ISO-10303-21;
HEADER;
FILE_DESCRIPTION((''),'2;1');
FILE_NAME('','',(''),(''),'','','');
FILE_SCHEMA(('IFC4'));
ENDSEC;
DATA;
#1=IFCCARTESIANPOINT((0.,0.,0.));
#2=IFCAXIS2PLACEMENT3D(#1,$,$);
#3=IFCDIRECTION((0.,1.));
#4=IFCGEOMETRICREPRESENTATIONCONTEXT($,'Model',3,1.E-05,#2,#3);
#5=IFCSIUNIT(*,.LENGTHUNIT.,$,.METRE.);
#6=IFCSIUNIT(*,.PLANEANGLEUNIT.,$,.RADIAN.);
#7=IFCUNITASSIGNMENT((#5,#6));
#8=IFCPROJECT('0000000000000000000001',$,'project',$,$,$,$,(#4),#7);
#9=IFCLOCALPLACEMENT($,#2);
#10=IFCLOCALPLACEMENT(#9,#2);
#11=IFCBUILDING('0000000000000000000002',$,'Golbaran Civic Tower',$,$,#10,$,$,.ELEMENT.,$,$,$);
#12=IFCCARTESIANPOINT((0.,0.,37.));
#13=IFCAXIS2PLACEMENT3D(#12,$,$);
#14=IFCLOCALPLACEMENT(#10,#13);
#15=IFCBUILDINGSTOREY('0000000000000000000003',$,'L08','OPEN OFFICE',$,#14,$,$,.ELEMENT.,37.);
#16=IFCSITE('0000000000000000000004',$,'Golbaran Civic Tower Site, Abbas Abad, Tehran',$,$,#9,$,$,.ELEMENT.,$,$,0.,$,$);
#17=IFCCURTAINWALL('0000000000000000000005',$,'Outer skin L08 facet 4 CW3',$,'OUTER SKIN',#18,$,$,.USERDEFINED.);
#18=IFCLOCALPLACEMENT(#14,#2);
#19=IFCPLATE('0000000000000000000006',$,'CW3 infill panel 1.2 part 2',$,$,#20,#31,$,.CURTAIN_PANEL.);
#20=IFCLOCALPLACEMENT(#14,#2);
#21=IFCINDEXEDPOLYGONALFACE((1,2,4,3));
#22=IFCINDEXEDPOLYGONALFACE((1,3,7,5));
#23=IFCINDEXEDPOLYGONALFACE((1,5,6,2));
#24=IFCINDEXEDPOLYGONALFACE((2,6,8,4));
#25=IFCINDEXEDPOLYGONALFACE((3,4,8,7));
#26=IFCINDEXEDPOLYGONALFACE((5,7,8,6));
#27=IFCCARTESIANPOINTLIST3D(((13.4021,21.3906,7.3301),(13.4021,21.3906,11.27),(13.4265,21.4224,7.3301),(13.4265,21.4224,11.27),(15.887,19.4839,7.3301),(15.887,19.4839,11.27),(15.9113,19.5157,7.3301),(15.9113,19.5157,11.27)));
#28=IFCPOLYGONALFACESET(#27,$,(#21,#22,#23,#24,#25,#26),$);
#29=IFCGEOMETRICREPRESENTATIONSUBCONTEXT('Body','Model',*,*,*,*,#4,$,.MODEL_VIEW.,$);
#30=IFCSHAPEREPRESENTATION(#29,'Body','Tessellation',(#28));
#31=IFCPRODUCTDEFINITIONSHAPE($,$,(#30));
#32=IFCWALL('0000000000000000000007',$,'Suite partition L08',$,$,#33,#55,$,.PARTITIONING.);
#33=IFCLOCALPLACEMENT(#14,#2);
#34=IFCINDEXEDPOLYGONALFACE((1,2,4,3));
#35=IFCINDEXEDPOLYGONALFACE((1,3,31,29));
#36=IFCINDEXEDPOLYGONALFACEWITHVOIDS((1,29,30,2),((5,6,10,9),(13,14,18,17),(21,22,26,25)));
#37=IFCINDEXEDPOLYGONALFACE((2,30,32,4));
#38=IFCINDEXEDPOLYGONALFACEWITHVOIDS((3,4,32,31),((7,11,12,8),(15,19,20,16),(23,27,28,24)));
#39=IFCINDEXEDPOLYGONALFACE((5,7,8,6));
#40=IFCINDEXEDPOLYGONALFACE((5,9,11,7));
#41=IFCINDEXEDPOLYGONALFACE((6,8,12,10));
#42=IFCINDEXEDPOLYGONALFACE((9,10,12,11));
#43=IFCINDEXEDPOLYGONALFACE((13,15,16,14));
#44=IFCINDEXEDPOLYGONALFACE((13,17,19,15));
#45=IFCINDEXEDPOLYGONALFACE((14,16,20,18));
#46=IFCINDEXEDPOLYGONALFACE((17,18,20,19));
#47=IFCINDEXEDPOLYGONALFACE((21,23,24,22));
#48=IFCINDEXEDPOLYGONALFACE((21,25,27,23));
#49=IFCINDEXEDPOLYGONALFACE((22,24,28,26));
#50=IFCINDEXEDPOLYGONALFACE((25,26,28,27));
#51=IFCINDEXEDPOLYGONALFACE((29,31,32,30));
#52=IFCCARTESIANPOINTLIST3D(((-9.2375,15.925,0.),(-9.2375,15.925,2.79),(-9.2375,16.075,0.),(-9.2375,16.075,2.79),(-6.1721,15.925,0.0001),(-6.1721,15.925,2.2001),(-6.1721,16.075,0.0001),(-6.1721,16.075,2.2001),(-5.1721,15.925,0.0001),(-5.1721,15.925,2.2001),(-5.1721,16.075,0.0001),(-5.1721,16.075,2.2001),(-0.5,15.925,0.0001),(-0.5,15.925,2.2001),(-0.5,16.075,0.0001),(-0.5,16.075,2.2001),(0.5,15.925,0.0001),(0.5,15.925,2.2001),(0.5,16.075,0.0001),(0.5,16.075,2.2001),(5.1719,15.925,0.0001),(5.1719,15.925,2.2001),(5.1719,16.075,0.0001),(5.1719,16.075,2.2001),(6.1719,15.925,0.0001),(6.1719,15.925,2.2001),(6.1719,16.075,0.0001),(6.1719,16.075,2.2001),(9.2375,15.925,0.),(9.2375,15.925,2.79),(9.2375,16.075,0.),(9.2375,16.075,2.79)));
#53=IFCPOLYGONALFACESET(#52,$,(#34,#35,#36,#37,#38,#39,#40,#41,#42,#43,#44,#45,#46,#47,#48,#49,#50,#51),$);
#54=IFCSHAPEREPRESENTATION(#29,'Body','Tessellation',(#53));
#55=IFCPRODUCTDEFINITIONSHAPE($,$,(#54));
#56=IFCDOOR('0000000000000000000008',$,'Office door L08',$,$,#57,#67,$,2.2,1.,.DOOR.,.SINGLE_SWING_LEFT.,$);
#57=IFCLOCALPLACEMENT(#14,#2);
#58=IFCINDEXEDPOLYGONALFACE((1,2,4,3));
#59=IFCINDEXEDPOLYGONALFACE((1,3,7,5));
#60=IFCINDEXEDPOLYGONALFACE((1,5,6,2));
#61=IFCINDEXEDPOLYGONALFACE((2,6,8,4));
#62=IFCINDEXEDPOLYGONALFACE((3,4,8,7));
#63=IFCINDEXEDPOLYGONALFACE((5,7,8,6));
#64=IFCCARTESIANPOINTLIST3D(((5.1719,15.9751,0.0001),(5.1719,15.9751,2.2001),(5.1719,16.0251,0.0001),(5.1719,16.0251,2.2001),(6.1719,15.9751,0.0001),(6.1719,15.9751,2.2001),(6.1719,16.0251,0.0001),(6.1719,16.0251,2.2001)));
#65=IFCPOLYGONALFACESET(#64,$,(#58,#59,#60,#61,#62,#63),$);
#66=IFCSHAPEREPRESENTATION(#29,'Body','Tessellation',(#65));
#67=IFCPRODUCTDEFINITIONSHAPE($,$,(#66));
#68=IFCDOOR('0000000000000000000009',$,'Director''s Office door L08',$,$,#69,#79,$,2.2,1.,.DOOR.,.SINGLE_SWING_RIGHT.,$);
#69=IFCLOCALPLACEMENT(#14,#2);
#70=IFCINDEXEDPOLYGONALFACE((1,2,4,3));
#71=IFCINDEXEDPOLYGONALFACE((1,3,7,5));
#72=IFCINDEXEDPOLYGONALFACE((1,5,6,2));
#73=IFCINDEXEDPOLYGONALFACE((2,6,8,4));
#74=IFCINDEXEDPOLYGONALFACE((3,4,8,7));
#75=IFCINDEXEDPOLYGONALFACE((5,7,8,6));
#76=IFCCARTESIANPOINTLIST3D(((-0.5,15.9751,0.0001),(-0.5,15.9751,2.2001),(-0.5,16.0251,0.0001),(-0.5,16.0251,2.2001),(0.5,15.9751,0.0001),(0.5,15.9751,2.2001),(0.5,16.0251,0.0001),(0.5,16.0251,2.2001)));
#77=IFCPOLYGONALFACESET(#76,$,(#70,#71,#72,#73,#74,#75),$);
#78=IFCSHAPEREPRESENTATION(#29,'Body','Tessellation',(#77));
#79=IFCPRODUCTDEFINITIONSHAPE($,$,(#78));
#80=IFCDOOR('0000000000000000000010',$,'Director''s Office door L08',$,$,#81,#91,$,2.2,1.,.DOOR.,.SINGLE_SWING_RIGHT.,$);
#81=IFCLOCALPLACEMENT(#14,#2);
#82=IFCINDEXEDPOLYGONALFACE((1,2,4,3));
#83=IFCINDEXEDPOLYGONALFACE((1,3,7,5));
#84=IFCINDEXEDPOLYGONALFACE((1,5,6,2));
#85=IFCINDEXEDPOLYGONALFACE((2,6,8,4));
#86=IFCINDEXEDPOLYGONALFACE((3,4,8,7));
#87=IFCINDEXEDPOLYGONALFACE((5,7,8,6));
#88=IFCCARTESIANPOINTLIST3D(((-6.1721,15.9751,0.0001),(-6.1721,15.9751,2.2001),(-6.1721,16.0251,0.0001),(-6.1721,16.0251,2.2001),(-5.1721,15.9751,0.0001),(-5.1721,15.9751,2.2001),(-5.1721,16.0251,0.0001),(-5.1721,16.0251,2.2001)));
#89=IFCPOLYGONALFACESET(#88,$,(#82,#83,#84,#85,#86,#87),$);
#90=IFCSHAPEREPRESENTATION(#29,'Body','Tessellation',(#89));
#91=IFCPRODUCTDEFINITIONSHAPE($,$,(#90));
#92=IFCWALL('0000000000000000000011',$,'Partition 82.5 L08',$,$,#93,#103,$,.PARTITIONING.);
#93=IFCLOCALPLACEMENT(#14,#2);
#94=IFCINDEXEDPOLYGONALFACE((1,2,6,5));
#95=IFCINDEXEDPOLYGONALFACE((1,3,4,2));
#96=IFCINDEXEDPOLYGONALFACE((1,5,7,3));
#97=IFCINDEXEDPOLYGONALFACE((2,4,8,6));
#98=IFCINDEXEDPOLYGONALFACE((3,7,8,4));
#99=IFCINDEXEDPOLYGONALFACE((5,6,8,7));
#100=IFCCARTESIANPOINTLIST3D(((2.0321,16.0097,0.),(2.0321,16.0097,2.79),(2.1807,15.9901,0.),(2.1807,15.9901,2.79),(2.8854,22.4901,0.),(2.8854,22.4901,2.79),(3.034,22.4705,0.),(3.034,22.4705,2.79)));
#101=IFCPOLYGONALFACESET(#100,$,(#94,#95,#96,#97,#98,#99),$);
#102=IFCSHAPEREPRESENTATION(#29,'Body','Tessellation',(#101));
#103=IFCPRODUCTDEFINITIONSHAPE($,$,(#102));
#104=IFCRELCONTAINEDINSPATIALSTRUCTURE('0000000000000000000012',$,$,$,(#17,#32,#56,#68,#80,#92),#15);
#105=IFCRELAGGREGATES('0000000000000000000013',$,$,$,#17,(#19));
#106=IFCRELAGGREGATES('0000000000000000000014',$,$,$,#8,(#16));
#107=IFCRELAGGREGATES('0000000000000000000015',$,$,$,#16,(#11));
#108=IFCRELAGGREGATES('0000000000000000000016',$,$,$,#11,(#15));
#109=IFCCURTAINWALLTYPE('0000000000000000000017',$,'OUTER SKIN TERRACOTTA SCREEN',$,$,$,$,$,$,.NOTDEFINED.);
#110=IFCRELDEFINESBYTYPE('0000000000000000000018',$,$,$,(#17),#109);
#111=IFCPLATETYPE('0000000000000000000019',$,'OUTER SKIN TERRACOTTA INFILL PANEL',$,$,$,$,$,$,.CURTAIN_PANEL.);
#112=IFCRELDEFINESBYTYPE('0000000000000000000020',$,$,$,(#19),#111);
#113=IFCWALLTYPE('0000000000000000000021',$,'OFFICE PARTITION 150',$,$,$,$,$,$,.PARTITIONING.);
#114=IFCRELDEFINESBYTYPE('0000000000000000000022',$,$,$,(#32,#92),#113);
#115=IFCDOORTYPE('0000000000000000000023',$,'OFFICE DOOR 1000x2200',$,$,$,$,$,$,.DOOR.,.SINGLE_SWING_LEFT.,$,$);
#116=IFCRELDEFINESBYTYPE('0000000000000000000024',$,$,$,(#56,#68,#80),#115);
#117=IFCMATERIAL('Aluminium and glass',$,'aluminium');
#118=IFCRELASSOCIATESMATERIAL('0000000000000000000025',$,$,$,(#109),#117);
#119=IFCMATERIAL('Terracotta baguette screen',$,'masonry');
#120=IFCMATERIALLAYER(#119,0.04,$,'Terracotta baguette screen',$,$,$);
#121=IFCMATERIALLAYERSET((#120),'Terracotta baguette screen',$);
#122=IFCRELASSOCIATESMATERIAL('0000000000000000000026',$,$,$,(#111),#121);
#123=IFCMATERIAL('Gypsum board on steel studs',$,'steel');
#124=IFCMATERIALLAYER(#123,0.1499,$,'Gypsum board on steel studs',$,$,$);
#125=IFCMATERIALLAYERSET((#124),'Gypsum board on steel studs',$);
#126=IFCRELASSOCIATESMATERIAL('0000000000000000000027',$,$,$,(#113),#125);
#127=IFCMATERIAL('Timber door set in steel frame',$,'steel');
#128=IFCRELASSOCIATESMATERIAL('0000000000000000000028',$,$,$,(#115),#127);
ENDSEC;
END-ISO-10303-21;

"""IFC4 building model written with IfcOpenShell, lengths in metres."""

from ifc_helpers import new_model, si_unit, direction, frame, frame_2d, origin, origin_2d, place, context, subcontext, project, spatial, rectangle, extrude, material, layer, layer_set, type_object, element, fill, aggregate, save


model = new_model("IFC4")

# Units and contexts
model_context = context("Model", 3, precision=1e-05, world=origin(), true_north=direction((0.0, 1.0)))
body_context = subcontext(model_context, "Body", "Model", "MODEL_VIEW")
ifc_project = project(units=[si_unit("LENGTHUNIT", "METRE"), si_unit("PLANEANGLEUNIT", "RADIAN")], contexts=[model_context])

# Site, building, storey
site_placement = place(None, origin())
site = spatial("IfcSite", under=ifc_project, at=site_placement, Name="Golbaran Civic Tower Site, Abbas Abad, Tehran", CompositionType="ELEMENT", RefElevation=0.0)
building_placement = place(site_placement, origin())
building = spatial("IfcBuilding", under=site, at=building_placement, Name="Golbaran Civic Tower", CompositionType="ELEMENT")
storey_placement = place(building_placement, frame((0.0, 0.0, 37.0)))
storey = spatial("IfcBuildingStorey", under=building, at=storey_placement, Name="L08", Description="OPEN OFFICE", CompositionType="ELEMENT", Elevation=37.0)

# Shared definitions
ifc_material_1 = material(Name="Aluminium and glass", Category="aluminium")

# Curtain wall, plate
curtain_wall_type_1 = type_object("IfcCurtainWallType", Name="OUTER SKIN TERRACOTTA SCREEN", PredefinedType="NOTDEFINED", material=ifc_material_1)
curtain_wall_1_placement = place(storey_placement, origin())
curtain_wall_1 = element("IfcCurtainWall", 1, at=curtain_wall_1_placement, inside=storey, type_object=curtain_wall_type_1, Name="Outer skin L08 facet 4 CW3", ObjectType="OUTER SKIN", PredefinedType="USERDEFINED")
ifc_material_2 = material(Name="Terracotta baguette screen", Category="masonry")
ifc_layer_1 = layer(ifc_material_2, 0.04, Name="Terracotta baguette screen")
ifc_layer_set_1 = layer_set([ifc_layer_1], Name="Terracotta baguette screen")
plate_type_1 = type_object("IfcPlateType", Name="OUTER SKIN TERRACOTTA INFILL PANEL", PredefinedType="CURTAIN_PANEL", material=ifc_layer_set_1)
plate_1_placement = place(storey_placement, frame((14.6567, 20.4531, 7.3301), z_axis=(0.0, 0.0, 1.0), x_axis=(-0.793353, 0.608761, 0.0)))
plate_1 = element("IfcPlate", 2, at=plate_1_placement, type_object=plate_type_1, Name="CW3 infill panel 1.2 part 2", PredefinedType="CURTAIN_PANEL", context=body_context, shape_type="SweptSolid", body=[
    extrude(rectangle(XDim=3.1321, YDim=0.04, at=origin_2d()), origin(), (0.0, 0.0, 1.0), 3.9399),
])
aggregate(curtain_wall_1, [plate_1])

# Wall, openings, doors
ifc_material_3 = material(Name="Gypsum board on steel studs", Category="steel")
ifc_layer_2 = layer(ifc_material_3, 0.1499, Name="Gypsum board on steel studs")
ifc_layer_set_2 = layer_set([ifc_layer_2], Name="Gypsum board on steel studs")
wall_type = type_object("IfcWallType", Name="OFFICE PARTITION 150", PredefinedType="PARTITIONING", material=ifc_layer_set_2)
wall_1_placement = place(storey_placement, frame((9.2375, 16.0, 0.0), z_axis=(0.0, 0.0, 1.0), x_axis=(-1.0, 0.0, 0.0)))
wall_1 = element("IfcWall", 3, at=wall_1_placement, inside=storey, type_object=wall_type, Name="Suite partition L08", PredefinedType="PARTITIONING", context=body_context, shape_type="SweptSolid", body=[
    extrude(rectangle(XDim=18.4751, YDim=0.1499, at=frame_2d((9.2375, 0.0))), origin(), (0.0, 0.0, 1.0), 2.79),
])
opening_1_placement = place(wall_1_placement, frame((3.0657, 0.0, 0.0)))
opening_1 = element("IfcOpeningElement", 4, at=opening_1_placement, cuts=wall_1, PredefinedType="OPENING", context=body_context, shape_type="SweptSolid", body=[
    extrude(rectangle(XDim=1.0, YDim=2.2, at=frame_2d((0.5, 1.1001))), frame((0.0, 0.085, 0.0), z_axis=(0.0, -1.0, 0.0), x_axis=(1.0, 0.0, 0.0)), (0.0, 0.0, 1.0), 0.1699),
])
opening_2_placement = place(wall_1_placement, frame((8.7375, 0.0, 0.0)))
opening_2 = element("IfcOpeningElement", 5, at=opening_2_placement, cuts=wall_1, PredefinedType="OPENING", context=body_context, shape_type="SweptSolid", body=[
    extrude(rectangle(XDim=1.0, YDim=2.2, at=frame_2d((0.5, 1.1001))), frame((0.0, 0.085, 0.0), z_axis=(0.0, -1.0, 0.0), x_axis=(1.0, 0.0, 0.0)), (0.0, 0.0, 1.0), 0.1699),
])
opening_3_placement = place(wall_1_placement, frame((14.4097, 0.0, 0.0)))
opening_3 = element("IfcOpeningElement", 6, at=opening_3_placement, cuts=wall_1, PredefinedType="OPENING", context=body_context, shape_type="SweptSolid", body=[
    extrude(rectangle(XDim=1.0, YDim=2.2, at=frame_2d((0.5, 1.1001))), frame((0.0, 0.085, 0.0), z_axis=(0.0, -1.0, 0.0), x_axis=(1.0, 0.0, 0.0)), (0.0, 0.0, 1.0), 0.1699),
])
ifc_material_4 = material(Name="Timber door set in steel frame", Category="steel")
door_type = type_object("IfcDoorType", Name="OFFICE DOOR 1000x2200", OperationType="SINGLE_SWING_LEFT", PredefinedType="DOOR", material=ifc_material_4)
door_1_placement = place(opening_1_placement, origin())
door_1 = element("IfcDoor", 7, at=door_1_placement, inside=storey, type_object=door_type, Name="Office door L08", OperationType="SINGLE_SWING_LEFT", OverallHeight=2.2, OverallWidth=1.0, PredefinedType="DOOR", context=body_context, shape_type="SweptSolid", body=[
    extrude(rectangle(XDim=1.0, YDim=2.2, at=frame_2d((0.5, 1.1001))), frame((0.0, 0.0249, 0.0), z_axis=(0.0, -1.0, 0.0), x_axis=(1.0, 0.0, 0.0)), (0.0, 0.0, 1.0), 0.05),
])
fill(opening_1, door_1)
door_2_placement = place(opening_2_placement, origin())
door_2 = element("IfcDoor", 8, at=door_2_placement, inside=storey, type_object=door_type, Name="Director's Office door L08", OperationType="SINGLE_SWING_RIGHT", OverallHeight=2.2, OverallWidth=1.0, PredefinedType="DOOR", context=body_context, shape_type="SweptSolid", body=[
    extrude(rectangle(XDim=1.0, YDim=2.2, at=frame_2d((0.5, 1.1001))), frame((0.0, 0.0249, 0.0), z_axis=(0.0, -1.0, 0.0), x_axis=(1.0, 0.0, 0.0)), (0.0, 0.0, 1.0), 0.05),
])
fill(opening_2, door_2)
door_3_placement = place(opening_3_placement, origin())
door_3 = element("IfcDoor", 9, at=door_3_placement, inside=storey, type_object=door_type, Name="Director's Office door L08", OperationType="SINGLE_SWING_RIGHT", OverallHeight=2.2, OverallWidth=1.0, PredefinedType="DOOR", context=body_context, shape_type="SweptSolid", body=[
    extrude(rectangle(XDim=1.0, YDim=2.2, at=frame_2d((0.5, 1.1001))), frame((0.0, 0.0249, 0.0), z_axis=(0.0, -1.0, 0.0), x_axis=(1.0, 0.0, 0.0)), (0.0, 0.0, 1.0), 0.05),
])
fill(opening_3, door_3)

# Wall
wall_2_placement = place(storey_placement, frame((2.1064, 16.0, 0.0), z_axis=(0.0, 0.0, 1.0), x_axis=(0.130541, 0.991443, 0.0)))
element("IfcWall", 10, at=wall_2_placement, inside=storey, type_object=wall_type, Name="Partition 82.5 L08", PredefinedType="PARTITIONING", context=body_context, shape_type="SweptSolid", body=[
    extrude(rectangle(XDim=6.5364, YDim=0.1499, at=frame_2d((3.2681, 0.0))), origin(), (0.0, 0.0, 1.0), 2.79),
])

save(model, "model.ifc")
